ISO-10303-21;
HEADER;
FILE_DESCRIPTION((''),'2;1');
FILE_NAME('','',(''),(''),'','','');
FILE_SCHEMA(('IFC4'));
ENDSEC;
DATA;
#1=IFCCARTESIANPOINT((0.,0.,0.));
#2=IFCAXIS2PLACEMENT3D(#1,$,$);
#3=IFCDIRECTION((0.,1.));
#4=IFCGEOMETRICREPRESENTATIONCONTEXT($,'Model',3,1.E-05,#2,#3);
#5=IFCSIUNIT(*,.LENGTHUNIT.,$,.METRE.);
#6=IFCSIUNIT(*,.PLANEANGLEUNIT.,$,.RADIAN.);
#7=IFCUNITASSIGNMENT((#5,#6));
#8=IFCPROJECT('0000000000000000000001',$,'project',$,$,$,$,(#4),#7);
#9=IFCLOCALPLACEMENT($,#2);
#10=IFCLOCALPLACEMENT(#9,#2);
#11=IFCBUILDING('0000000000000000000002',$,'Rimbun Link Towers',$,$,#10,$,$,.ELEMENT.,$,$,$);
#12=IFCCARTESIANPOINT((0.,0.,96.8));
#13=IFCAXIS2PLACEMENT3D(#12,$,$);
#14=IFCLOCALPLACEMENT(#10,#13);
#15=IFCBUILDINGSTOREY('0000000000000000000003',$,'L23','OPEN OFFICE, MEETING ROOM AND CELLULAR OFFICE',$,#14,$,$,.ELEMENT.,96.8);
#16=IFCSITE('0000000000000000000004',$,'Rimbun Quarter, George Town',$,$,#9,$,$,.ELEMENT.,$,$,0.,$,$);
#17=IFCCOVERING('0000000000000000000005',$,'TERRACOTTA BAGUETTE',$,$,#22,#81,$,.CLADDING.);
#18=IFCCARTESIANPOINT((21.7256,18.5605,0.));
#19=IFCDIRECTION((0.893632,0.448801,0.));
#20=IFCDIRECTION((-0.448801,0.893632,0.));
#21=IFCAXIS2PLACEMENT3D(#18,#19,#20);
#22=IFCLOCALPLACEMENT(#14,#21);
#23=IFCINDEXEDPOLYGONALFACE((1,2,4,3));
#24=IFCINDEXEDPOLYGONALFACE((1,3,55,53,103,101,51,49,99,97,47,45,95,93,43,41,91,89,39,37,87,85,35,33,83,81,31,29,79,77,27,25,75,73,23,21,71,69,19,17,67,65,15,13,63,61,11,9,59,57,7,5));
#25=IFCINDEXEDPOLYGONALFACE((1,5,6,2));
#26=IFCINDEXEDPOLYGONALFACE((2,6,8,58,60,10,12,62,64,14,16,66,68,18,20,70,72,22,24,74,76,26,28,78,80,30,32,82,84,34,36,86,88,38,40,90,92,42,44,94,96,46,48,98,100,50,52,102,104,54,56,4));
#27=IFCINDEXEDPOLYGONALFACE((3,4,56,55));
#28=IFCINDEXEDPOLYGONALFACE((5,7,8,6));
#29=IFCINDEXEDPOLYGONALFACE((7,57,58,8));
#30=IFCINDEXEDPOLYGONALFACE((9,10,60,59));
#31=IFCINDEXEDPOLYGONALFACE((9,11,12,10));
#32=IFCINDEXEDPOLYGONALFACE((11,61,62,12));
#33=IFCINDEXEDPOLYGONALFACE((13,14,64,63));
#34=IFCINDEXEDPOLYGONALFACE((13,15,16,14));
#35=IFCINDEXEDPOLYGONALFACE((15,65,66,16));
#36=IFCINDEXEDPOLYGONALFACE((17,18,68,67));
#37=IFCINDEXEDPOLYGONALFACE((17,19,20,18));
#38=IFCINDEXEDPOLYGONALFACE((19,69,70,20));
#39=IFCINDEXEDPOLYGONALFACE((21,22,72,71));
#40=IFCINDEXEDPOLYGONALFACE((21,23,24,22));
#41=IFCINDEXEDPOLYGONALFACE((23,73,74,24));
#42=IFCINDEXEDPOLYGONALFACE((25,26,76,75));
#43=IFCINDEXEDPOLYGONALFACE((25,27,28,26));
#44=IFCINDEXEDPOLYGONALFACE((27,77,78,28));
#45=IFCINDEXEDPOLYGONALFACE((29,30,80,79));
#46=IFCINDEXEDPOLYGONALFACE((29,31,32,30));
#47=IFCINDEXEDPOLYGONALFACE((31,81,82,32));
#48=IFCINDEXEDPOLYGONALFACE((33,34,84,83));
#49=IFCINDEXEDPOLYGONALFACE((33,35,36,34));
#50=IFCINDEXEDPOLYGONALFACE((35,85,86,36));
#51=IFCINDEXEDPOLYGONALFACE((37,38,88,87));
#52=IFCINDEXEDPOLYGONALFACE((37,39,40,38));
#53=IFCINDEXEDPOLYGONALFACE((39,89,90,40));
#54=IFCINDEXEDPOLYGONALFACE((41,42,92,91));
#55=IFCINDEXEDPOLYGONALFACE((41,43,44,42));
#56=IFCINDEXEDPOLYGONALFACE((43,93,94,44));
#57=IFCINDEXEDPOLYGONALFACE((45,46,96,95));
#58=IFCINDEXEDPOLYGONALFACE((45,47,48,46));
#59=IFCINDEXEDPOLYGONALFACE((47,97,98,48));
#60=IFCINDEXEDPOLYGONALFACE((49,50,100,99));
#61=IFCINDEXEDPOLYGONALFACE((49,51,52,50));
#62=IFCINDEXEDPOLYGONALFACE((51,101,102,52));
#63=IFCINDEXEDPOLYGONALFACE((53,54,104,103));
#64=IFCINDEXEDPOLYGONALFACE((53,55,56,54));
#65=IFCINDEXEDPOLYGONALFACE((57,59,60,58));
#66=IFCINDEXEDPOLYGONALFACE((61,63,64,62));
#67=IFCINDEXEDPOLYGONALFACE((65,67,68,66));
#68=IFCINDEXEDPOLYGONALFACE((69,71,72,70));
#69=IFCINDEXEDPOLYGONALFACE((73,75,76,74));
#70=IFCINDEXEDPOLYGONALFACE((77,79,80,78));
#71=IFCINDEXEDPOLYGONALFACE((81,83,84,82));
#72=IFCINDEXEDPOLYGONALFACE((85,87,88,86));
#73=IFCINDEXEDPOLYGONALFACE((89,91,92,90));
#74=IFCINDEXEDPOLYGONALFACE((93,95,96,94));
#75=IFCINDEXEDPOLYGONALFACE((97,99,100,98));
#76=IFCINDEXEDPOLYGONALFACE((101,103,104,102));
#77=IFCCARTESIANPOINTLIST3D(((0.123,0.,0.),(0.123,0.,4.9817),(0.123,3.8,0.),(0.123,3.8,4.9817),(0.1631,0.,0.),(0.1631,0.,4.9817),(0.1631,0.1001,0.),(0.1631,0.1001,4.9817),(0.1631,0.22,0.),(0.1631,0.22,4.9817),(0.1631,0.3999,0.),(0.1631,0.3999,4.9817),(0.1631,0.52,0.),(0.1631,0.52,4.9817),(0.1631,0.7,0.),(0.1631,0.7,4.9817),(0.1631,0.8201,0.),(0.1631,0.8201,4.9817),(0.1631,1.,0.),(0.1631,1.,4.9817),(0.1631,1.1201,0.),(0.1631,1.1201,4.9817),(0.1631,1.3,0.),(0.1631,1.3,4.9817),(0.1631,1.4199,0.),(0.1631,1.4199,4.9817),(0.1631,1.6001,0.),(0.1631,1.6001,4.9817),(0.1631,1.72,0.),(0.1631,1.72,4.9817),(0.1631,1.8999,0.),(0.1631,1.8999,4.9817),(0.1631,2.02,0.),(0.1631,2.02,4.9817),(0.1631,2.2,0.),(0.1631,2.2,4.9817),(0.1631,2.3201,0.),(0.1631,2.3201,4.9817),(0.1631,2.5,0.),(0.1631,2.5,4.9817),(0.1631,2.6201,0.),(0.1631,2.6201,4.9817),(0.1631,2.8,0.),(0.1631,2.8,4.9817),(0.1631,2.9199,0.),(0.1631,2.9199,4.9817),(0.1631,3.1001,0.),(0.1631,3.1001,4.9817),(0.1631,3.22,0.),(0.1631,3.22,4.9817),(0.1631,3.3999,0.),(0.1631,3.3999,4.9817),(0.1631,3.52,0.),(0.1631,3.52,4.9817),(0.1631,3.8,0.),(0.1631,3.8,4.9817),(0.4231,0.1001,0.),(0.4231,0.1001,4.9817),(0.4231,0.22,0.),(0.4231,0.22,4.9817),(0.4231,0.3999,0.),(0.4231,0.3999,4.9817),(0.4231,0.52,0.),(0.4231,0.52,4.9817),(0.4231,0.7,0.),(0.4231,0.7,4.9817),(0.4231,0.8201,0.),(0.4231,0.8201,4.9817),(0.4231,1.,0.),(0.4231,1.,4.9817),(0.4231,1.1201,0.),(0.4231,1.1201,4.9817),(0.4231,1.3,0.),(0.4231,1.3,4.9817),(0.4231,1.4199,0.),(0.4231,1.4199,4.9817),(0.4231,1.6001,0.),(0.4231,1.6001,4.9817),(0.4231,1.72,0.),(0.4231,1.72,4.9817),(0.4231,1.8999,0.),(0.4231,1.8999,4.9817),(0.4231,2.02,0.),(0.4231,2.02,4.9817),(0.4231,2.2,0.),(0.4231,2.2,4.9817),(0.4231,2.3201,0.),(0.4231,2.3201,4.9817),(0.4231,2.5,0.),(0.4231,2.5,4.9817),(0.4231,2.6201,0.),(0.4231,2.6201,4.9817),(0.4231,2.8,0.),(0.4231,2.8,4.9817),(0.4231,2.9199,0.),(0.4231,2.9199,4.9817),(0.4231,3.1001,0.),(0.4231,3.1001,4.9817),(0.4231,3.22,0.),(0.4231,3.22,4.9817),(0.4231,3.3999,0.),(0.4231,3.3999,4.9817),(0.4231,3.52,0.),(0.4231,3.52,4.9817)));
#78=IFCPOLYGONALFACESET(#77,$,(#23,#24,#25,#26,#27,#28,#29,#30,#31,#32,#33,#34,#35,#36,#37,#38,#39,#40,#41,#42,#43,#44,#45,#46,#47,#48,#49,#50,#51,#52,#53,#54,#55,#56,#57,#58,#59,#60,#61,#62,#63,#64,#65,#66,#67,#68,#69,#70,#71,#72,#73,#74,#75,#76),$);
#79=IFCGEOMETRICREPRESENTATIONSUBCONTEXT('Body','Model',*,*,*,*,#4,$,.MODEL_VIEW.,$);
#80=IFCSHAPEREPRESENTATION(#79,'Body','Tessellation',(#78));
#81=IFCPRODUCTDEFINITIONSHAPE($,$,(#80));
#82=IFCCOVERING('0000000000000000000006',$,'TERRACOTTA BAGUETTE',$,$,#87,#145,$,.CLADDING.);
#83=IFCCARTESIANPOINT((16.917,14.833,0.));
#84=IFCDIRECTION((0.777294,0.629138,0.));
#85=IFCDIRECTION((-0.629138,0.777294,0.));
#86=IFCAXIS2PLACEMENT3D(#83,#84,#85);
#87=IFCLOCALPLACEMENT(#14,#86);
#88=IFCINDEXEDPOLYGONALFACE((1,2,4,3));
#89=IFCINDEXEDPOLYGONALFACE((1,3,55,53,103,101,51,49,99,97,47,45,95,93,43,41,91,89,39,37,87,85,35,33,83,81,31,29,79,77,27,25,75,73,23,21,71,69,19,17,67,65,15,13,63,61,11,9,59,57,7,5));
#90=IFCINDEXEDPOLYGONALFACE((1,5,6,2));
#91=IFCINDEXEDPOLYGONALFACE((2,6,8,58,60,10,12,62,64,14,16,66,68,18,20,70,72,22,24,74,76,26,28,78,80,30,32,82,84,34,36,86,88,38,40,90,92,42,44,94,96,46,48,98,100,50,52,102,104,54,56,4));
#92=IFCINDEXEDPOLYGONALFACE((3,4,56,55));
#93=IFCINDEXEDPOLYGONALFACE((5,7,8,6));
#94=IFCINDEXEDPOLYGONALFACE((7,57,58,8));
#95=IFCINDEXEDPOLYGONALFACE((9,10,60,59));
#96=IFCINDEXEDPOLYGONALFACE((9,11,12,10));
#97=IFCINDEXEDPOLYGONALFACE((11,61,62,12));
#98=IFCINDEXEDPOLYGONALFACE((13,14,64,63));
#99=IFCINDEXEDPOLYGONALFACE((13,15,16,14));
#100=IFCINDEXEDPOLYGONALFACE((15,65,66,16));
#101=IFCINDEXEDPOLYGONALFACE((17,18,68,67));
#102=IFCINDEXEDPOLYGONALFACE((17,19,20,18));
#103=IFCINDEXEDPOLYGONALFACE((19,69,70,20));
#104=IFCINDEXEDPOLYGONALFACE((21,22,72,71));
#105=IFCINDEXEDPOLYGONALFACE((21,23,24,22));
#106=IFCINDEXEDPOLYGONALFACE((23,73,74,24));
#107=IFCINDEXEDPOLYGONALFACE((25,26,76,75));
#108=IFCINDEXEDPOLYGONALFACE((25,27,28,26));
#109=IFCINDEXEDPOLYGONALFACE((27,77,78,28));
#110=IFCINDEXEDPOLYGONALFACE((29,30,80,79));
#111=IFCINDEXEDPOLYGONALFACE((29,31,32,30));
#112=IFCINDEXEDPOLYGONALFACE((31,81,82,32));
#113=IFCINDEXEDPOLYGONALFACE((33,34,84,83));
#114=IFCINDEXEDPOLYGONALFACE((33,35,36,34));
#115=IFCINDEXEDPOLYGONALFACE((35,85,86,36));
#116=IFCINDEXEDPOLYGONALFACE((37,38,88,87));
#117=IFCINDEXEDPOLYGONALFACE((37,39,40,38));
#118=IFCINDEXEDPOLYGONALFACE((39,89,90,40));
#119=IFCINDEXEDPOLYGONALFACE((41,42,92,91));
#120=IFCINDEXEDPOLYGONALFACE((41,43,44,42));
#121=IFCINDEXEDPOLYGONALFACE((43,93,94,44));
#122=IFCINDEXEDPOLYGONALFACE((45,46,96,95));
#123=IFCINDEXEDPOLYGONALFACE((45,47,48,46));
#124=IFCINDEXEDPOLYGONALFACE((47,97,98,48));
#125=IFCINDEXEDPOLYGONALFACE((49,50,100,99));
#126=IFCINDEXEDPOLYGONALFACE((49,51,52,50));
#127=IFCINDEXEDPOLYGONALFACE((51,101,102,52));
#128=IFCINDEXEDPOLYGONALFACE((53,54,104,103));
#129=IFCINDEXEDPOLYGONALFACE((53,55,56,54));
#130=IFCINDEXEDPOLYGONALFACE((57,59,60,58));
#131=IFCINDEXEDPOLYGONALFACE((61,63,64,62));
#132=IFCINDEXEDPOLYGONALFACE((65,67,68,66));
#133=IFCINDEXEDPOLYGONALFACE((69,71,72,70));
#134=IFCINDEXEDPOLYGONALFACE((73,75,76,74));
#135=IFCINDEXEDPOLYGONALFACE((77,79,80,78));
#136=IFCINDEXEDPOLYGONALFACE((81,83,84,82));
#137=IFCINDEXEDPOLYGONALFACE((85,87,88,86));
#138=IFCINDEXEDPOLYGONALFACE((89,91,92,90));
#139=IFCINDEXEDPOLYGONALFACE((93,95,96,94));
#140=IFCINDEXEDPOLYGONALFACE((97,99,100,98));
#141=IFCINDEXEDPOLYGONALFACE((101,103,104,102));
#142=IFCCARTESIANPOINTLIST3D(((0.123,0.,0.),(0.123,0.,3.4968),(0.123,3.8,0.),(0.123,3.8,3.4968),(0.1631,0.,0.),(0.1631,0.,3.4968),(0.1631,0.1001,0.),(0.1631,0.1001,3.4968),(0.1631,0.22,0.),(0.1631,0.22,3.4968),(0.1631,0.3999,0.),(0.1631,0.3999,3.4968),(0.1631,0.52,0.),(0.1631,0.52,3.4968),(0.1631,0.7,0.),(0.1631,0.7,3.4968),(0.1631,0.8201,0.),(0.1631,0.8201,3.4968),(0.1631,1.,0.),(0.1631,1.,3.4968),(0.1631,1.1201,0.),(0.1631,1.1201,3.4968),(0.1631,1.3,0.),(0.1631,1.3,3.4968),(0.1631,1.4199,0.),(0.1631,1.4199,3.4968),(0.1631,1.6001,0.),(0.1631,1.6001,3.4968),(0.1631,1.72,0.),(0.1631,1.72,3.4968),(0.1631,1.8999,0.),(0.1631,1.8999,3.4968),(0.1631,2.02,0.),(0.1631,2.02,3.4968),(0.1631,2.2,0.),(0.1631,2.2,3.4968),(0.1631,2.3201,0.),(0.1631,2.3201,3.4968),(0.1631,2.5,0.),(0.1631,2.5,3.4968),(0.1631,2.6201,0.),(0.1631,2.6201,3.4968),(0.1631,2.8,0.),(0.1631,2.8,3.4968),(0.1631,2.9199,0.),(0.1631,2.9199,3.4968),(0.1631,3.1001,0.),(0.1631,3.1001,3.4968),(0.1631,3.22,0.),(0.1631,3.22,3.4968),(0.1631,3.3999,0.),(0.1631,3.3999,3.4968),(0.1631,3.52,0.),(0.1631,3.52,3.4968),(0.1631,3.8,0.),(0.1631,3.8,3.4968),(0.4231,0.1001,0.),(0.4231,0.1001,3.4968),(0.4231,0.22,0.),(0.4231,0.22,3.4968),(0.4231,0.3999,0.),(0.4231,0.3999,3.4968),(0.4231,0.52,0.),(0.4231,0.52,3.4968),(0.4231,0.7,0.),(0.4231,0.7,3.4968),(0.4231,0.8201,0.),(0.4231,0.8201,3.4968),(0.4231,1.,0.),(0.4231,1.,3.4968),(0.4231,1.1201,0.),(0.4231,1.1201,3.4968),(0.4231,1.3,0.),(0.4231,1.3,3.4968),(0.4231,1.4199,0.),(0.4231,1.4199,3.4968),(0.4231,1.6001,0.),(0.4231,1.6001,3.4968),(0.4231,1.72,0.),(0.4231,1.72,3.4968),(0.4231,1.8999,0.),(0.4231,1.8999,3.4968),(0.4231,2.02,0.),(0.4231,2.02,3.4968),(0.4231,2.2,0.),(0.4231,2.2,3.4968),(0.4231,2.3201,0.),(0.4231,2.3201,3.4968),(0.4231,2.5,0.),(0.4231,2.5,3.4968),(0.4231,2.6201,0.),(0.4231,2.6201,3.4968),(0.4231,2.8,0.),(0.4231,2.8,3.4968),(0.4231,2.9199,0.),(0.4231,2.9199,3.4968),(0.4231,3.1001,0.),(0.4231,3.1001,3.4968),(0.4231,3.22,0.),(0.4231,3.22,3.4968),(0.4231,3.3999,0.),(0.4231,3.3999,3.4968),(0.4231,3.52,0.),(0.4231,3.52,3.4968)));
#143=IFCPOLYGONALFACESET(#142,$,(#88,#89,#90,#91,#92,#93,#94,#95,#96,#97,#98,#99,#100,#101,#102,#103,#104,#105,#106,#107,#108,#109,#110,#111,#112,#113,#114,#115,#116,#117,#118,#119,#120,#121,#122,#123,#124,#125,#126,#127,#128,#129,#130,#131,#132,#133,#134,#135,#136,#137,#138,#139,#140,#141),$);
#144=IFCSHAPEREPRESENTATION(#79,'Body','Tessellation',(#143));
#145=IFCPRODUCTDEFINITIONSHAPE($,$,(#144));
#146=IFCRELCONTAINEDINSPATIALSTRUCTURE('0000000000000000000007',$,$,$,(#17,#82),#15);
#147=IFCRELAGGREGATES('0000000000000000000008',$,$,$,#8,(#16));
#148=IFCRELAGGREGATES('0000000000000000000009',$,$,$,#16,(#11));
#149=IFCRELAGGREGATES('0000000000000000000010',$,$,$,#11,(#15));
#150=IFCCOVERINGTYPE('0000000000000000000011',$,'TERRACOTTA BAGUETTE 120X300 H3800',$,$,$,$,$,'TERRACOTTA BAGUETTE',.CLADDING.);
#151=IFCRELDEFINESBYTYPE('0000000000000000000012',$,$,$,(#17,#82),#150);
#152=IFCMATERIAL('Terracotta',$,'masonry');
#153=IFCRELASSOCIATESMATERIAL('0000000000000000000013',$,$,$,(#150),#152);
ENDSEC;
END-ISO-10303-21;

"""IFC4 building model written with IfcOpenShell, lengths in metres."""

from ifc_helpers import new_model, si_unit, direction, frame, origin, place, context, subcontext, project, spatial, polyline, outline, extrude, material, material_profile, profile_set, type_object, element, save


model = new_model("IFC4")

# Units and contexts
model_context = context("Model", 3, precision=1e-05, world=origin(), true_north=direction((0.0, 1.0)))
body_context = subcontext(model_context, "Body", "Model", "MODEL_VIEW")
ifc_project = project(units=[si_unit("LENGTHUNIT", "METRE"), si_unit("PLANEANGLEUNIT", "RADIAN")], contexts=[model_context])

# Site, building, storey
site_placement = place(None, origin())
site = spatial("IfcSite", under=ifc_project, at=site_placement, Name="Rimbun Quarter, George Town", CompositionType="ELEMENT", RefElevation=0.0)
building_placement = place(site_placement, origin())
building = spatial("IfcBuilding", under=site, at=building_placement, Name="Rimbun Link Towers", CompositionType="ELEMENT")
storey_placement = place(building_placement, frame((0.0, 0.0, 96.8)))
storey = spatial("IfcBuildingStorey", under=building, at=storey_placement, Name="L23", Description="OPEN OFFICE, MEETING ROOM AND CELLULAR OFFICE", CompositionType="ELEMENT", Elevation=96.8)

# Coverings
ifc_material_1 = material(Name="Terracotta", Category="masonry")
ifc_material_profile_1 = material_profile(ifc_material_1, outline(polyline([(0.123, 0.0), (0.1631, 0.0), (0.1631, 0.1001), (0.4231, 0.1001), (0.4231, 0.22), (0.1631, 0.22), (0.1631, 0.3999), (0.4231, 0.3999), (0.4231, 0.52), (0.1631, 0.52), (0.1631, 0.7), (0.4231, 0.7), (0.4231, 0.8201), (0.1631, 0.8201), (0.1631, 1.0), (0.4231, 1.0), (0.4231, 1.1201), (0.1631, 1.1201), (0.1631, 1.3), (0.4231, 1.3), (0.4231, 1.4199), (0.1631, 1.4199), (0.1631, 1.6001), (0.4231, 1.6001), (0.4231, 1.72), (0.1631, 1.72), (0.1631, 1.8999), (0.4231, 1.8999), (0.4231, 2.02), (0.1631, 2.02), (0.1631, 2.2), (0.4231, 2.2), (0.4231, 2.3201), (0.1631, 2.3201), (0.1631, 2.5), (0.4231, 2.5), (0.4231, 2.6201), (0.1631, 2.6201), (0.1631, 2.8), (0.4231, 2.8), (0.4231, 2.9199), (0.1631, 2.9199), (0.1631, 3.1001), (0.4231, 3.1001), (0.4231, 3.22), (0.1631, 3.22), (0.1631, 3.3999), (0.4231, 3.3999), (0.4231, 3.52), (0.1631, 3.52), (0.1631, 3.8), (0.123, 3.8), (0.123, 0.0)])), Name="BAGUETTE 120X300")
ifc_profile_set_1 = profile_set([ifc_material_profile_1], Name="Terracotta")
covering_type = type_object("IfcCoveringType", Name="TERRACOTTA BAGUETTE 120X300 H3800", ElementType="TERRACOTTA BAGUETTE", PredefinedType="CLADDING", material=ifc_profile_set_1)
covering_1_placement = place(storey_placement, frame((21.7256, 18.5605, 0.0), z_axis=(0.893632, 0.448801, 0.0), x_axis=(-0.448801, 0.893632, 0.0)))
element("IfcCovering", 1, at=covering_1_placement, inside=storey, type_object=covering_type, Name="TERRACOTTA BAGUETTE", PredefinedType="CLADDING", context=body_context, shape_type="SweptSolid", body=[
    extrude(outline(polyline([(0.123, 0.0), (0.1631, 0.0), (0.1631, 0.1001), (0.4231, 0.1001), (0.4231, 0.22), (0.1631, 0.22), (0.1631, 0.3999), (0.4231, 0.3999), (0.4231, 0.52), (0.1631, 0.52), (0.1631, 0.7), (0.4231, 0.7), (0.4231, 0.8201), (0.1631, 0.8201), (0.1631, 1.0), (0.4231, 1.0), (0.4231, 1.1201), (0.1631, 1.1201), (0.1631, 1.3), (0.4231, 1.3), (0.4231, 1.4199), (0.1631, 1.4199), (0.1631, 1.6001), (0.4231, 1.6001), (0.4231, 1.72), (0.1631, 1.72), (0.1631, 1.8999), (0.4231, 1.8999), (0.4231, 2.02), (0.1631, 2.02), (0.1631, 2.2), (0.4231, 2.2), (0.4231, 2.3201), (0.1631, 2.3201), (0.1631, 2.5), (0.4231, 2.5), (0.4231, 2.6201), (0.1631, 2.6201), (0.1631, 2.8), (0.4231, 2.8), (0.4231, 2.9199), (0.1631, 2.9199), (0.1631, 3.1001), (0.4231, 3.1001), (0.4231, 3.22), (0.1631, 3.22), (0.1631, 3.3999), (0.4231, 3.3999), (0.4231, 3.52), (0.1631, 3.52), (0.1631, 3.8), (0.123, 3.8), (0.123, 0.0)])), origin(), (0.0, 0.0, 1.0), 4.9817),
])
covering_2_placement = place(storey_placement, frame((16.917, 14.833, 0.0), z_axis=(0.777294, 0.629138, 0.0), x_axis=(-0.629138, 0.777294, 0.0)))
element("IfcCovering", 2, at=covering_2_placement, inside=storey, type_object=covering_type, Name="TERRACOTTA BAGUETTE", PredefinedType="CLADDING", context=body_context, shape_type="SweptSolid", body=[
    extrude(outline(polyline([(0.123, 0.0), (0.1631, 0.0), (0.1631, 0.1001), (0.4231, 0.1001), (0.4231, 0.22), (0.1631, 0.22), (0.1631, 0.3999), (0.4231, 0.3999), (0.4231, 0.52), (0.1631, 0.52), (0.1631, 0.7), (0.4231, 0.7), (0.4231, 0.8201), (0.1631, 0.8201), (0.1631, 1.0), (0.4231, 1.0), (0.4231, 1.1201), (0.1631, 1.1201), (0.1631, 1.3), (0.4231, 1.3), (0.4231, 1.4199), (0.1631, 1.4199), (0.1631, 1.6001), (0.4231, 1.6001), (0.4231, 1.72), (0.1631, 1.72), (0.1631, 1.8999), (0.4231, 1.8999), (0.4231, 2.02), (0.1631, 2.02), (0.1631, 2.2), (0.4231, 2.2), (0.4231, 2.3201), (0.1631, 2.3201), (0.1631, 2.5), (0.4231, 2.5), (0.4231, 2.6201), (0.1631, 2.6201), (0.1631, 2.8), (0.4231, 2.8), (0.4231, 2.9199), (0.1631, 2.9199), (0.1631, 3.1001), (0.4231, 3.1001), (0.4231, 3.22), (0.1631, 3.22), (0.1631, 3.3999), (0.4231, 3.3999), (0.4231, 3.52), (0.1631, 3.52), (0.1631, 3.8), (0.123, 3.8), (0.123, 0.0)])), origin(), (0.0, 0.0, 1.0), 3.4968),
])

save(model, "model.ifc")
